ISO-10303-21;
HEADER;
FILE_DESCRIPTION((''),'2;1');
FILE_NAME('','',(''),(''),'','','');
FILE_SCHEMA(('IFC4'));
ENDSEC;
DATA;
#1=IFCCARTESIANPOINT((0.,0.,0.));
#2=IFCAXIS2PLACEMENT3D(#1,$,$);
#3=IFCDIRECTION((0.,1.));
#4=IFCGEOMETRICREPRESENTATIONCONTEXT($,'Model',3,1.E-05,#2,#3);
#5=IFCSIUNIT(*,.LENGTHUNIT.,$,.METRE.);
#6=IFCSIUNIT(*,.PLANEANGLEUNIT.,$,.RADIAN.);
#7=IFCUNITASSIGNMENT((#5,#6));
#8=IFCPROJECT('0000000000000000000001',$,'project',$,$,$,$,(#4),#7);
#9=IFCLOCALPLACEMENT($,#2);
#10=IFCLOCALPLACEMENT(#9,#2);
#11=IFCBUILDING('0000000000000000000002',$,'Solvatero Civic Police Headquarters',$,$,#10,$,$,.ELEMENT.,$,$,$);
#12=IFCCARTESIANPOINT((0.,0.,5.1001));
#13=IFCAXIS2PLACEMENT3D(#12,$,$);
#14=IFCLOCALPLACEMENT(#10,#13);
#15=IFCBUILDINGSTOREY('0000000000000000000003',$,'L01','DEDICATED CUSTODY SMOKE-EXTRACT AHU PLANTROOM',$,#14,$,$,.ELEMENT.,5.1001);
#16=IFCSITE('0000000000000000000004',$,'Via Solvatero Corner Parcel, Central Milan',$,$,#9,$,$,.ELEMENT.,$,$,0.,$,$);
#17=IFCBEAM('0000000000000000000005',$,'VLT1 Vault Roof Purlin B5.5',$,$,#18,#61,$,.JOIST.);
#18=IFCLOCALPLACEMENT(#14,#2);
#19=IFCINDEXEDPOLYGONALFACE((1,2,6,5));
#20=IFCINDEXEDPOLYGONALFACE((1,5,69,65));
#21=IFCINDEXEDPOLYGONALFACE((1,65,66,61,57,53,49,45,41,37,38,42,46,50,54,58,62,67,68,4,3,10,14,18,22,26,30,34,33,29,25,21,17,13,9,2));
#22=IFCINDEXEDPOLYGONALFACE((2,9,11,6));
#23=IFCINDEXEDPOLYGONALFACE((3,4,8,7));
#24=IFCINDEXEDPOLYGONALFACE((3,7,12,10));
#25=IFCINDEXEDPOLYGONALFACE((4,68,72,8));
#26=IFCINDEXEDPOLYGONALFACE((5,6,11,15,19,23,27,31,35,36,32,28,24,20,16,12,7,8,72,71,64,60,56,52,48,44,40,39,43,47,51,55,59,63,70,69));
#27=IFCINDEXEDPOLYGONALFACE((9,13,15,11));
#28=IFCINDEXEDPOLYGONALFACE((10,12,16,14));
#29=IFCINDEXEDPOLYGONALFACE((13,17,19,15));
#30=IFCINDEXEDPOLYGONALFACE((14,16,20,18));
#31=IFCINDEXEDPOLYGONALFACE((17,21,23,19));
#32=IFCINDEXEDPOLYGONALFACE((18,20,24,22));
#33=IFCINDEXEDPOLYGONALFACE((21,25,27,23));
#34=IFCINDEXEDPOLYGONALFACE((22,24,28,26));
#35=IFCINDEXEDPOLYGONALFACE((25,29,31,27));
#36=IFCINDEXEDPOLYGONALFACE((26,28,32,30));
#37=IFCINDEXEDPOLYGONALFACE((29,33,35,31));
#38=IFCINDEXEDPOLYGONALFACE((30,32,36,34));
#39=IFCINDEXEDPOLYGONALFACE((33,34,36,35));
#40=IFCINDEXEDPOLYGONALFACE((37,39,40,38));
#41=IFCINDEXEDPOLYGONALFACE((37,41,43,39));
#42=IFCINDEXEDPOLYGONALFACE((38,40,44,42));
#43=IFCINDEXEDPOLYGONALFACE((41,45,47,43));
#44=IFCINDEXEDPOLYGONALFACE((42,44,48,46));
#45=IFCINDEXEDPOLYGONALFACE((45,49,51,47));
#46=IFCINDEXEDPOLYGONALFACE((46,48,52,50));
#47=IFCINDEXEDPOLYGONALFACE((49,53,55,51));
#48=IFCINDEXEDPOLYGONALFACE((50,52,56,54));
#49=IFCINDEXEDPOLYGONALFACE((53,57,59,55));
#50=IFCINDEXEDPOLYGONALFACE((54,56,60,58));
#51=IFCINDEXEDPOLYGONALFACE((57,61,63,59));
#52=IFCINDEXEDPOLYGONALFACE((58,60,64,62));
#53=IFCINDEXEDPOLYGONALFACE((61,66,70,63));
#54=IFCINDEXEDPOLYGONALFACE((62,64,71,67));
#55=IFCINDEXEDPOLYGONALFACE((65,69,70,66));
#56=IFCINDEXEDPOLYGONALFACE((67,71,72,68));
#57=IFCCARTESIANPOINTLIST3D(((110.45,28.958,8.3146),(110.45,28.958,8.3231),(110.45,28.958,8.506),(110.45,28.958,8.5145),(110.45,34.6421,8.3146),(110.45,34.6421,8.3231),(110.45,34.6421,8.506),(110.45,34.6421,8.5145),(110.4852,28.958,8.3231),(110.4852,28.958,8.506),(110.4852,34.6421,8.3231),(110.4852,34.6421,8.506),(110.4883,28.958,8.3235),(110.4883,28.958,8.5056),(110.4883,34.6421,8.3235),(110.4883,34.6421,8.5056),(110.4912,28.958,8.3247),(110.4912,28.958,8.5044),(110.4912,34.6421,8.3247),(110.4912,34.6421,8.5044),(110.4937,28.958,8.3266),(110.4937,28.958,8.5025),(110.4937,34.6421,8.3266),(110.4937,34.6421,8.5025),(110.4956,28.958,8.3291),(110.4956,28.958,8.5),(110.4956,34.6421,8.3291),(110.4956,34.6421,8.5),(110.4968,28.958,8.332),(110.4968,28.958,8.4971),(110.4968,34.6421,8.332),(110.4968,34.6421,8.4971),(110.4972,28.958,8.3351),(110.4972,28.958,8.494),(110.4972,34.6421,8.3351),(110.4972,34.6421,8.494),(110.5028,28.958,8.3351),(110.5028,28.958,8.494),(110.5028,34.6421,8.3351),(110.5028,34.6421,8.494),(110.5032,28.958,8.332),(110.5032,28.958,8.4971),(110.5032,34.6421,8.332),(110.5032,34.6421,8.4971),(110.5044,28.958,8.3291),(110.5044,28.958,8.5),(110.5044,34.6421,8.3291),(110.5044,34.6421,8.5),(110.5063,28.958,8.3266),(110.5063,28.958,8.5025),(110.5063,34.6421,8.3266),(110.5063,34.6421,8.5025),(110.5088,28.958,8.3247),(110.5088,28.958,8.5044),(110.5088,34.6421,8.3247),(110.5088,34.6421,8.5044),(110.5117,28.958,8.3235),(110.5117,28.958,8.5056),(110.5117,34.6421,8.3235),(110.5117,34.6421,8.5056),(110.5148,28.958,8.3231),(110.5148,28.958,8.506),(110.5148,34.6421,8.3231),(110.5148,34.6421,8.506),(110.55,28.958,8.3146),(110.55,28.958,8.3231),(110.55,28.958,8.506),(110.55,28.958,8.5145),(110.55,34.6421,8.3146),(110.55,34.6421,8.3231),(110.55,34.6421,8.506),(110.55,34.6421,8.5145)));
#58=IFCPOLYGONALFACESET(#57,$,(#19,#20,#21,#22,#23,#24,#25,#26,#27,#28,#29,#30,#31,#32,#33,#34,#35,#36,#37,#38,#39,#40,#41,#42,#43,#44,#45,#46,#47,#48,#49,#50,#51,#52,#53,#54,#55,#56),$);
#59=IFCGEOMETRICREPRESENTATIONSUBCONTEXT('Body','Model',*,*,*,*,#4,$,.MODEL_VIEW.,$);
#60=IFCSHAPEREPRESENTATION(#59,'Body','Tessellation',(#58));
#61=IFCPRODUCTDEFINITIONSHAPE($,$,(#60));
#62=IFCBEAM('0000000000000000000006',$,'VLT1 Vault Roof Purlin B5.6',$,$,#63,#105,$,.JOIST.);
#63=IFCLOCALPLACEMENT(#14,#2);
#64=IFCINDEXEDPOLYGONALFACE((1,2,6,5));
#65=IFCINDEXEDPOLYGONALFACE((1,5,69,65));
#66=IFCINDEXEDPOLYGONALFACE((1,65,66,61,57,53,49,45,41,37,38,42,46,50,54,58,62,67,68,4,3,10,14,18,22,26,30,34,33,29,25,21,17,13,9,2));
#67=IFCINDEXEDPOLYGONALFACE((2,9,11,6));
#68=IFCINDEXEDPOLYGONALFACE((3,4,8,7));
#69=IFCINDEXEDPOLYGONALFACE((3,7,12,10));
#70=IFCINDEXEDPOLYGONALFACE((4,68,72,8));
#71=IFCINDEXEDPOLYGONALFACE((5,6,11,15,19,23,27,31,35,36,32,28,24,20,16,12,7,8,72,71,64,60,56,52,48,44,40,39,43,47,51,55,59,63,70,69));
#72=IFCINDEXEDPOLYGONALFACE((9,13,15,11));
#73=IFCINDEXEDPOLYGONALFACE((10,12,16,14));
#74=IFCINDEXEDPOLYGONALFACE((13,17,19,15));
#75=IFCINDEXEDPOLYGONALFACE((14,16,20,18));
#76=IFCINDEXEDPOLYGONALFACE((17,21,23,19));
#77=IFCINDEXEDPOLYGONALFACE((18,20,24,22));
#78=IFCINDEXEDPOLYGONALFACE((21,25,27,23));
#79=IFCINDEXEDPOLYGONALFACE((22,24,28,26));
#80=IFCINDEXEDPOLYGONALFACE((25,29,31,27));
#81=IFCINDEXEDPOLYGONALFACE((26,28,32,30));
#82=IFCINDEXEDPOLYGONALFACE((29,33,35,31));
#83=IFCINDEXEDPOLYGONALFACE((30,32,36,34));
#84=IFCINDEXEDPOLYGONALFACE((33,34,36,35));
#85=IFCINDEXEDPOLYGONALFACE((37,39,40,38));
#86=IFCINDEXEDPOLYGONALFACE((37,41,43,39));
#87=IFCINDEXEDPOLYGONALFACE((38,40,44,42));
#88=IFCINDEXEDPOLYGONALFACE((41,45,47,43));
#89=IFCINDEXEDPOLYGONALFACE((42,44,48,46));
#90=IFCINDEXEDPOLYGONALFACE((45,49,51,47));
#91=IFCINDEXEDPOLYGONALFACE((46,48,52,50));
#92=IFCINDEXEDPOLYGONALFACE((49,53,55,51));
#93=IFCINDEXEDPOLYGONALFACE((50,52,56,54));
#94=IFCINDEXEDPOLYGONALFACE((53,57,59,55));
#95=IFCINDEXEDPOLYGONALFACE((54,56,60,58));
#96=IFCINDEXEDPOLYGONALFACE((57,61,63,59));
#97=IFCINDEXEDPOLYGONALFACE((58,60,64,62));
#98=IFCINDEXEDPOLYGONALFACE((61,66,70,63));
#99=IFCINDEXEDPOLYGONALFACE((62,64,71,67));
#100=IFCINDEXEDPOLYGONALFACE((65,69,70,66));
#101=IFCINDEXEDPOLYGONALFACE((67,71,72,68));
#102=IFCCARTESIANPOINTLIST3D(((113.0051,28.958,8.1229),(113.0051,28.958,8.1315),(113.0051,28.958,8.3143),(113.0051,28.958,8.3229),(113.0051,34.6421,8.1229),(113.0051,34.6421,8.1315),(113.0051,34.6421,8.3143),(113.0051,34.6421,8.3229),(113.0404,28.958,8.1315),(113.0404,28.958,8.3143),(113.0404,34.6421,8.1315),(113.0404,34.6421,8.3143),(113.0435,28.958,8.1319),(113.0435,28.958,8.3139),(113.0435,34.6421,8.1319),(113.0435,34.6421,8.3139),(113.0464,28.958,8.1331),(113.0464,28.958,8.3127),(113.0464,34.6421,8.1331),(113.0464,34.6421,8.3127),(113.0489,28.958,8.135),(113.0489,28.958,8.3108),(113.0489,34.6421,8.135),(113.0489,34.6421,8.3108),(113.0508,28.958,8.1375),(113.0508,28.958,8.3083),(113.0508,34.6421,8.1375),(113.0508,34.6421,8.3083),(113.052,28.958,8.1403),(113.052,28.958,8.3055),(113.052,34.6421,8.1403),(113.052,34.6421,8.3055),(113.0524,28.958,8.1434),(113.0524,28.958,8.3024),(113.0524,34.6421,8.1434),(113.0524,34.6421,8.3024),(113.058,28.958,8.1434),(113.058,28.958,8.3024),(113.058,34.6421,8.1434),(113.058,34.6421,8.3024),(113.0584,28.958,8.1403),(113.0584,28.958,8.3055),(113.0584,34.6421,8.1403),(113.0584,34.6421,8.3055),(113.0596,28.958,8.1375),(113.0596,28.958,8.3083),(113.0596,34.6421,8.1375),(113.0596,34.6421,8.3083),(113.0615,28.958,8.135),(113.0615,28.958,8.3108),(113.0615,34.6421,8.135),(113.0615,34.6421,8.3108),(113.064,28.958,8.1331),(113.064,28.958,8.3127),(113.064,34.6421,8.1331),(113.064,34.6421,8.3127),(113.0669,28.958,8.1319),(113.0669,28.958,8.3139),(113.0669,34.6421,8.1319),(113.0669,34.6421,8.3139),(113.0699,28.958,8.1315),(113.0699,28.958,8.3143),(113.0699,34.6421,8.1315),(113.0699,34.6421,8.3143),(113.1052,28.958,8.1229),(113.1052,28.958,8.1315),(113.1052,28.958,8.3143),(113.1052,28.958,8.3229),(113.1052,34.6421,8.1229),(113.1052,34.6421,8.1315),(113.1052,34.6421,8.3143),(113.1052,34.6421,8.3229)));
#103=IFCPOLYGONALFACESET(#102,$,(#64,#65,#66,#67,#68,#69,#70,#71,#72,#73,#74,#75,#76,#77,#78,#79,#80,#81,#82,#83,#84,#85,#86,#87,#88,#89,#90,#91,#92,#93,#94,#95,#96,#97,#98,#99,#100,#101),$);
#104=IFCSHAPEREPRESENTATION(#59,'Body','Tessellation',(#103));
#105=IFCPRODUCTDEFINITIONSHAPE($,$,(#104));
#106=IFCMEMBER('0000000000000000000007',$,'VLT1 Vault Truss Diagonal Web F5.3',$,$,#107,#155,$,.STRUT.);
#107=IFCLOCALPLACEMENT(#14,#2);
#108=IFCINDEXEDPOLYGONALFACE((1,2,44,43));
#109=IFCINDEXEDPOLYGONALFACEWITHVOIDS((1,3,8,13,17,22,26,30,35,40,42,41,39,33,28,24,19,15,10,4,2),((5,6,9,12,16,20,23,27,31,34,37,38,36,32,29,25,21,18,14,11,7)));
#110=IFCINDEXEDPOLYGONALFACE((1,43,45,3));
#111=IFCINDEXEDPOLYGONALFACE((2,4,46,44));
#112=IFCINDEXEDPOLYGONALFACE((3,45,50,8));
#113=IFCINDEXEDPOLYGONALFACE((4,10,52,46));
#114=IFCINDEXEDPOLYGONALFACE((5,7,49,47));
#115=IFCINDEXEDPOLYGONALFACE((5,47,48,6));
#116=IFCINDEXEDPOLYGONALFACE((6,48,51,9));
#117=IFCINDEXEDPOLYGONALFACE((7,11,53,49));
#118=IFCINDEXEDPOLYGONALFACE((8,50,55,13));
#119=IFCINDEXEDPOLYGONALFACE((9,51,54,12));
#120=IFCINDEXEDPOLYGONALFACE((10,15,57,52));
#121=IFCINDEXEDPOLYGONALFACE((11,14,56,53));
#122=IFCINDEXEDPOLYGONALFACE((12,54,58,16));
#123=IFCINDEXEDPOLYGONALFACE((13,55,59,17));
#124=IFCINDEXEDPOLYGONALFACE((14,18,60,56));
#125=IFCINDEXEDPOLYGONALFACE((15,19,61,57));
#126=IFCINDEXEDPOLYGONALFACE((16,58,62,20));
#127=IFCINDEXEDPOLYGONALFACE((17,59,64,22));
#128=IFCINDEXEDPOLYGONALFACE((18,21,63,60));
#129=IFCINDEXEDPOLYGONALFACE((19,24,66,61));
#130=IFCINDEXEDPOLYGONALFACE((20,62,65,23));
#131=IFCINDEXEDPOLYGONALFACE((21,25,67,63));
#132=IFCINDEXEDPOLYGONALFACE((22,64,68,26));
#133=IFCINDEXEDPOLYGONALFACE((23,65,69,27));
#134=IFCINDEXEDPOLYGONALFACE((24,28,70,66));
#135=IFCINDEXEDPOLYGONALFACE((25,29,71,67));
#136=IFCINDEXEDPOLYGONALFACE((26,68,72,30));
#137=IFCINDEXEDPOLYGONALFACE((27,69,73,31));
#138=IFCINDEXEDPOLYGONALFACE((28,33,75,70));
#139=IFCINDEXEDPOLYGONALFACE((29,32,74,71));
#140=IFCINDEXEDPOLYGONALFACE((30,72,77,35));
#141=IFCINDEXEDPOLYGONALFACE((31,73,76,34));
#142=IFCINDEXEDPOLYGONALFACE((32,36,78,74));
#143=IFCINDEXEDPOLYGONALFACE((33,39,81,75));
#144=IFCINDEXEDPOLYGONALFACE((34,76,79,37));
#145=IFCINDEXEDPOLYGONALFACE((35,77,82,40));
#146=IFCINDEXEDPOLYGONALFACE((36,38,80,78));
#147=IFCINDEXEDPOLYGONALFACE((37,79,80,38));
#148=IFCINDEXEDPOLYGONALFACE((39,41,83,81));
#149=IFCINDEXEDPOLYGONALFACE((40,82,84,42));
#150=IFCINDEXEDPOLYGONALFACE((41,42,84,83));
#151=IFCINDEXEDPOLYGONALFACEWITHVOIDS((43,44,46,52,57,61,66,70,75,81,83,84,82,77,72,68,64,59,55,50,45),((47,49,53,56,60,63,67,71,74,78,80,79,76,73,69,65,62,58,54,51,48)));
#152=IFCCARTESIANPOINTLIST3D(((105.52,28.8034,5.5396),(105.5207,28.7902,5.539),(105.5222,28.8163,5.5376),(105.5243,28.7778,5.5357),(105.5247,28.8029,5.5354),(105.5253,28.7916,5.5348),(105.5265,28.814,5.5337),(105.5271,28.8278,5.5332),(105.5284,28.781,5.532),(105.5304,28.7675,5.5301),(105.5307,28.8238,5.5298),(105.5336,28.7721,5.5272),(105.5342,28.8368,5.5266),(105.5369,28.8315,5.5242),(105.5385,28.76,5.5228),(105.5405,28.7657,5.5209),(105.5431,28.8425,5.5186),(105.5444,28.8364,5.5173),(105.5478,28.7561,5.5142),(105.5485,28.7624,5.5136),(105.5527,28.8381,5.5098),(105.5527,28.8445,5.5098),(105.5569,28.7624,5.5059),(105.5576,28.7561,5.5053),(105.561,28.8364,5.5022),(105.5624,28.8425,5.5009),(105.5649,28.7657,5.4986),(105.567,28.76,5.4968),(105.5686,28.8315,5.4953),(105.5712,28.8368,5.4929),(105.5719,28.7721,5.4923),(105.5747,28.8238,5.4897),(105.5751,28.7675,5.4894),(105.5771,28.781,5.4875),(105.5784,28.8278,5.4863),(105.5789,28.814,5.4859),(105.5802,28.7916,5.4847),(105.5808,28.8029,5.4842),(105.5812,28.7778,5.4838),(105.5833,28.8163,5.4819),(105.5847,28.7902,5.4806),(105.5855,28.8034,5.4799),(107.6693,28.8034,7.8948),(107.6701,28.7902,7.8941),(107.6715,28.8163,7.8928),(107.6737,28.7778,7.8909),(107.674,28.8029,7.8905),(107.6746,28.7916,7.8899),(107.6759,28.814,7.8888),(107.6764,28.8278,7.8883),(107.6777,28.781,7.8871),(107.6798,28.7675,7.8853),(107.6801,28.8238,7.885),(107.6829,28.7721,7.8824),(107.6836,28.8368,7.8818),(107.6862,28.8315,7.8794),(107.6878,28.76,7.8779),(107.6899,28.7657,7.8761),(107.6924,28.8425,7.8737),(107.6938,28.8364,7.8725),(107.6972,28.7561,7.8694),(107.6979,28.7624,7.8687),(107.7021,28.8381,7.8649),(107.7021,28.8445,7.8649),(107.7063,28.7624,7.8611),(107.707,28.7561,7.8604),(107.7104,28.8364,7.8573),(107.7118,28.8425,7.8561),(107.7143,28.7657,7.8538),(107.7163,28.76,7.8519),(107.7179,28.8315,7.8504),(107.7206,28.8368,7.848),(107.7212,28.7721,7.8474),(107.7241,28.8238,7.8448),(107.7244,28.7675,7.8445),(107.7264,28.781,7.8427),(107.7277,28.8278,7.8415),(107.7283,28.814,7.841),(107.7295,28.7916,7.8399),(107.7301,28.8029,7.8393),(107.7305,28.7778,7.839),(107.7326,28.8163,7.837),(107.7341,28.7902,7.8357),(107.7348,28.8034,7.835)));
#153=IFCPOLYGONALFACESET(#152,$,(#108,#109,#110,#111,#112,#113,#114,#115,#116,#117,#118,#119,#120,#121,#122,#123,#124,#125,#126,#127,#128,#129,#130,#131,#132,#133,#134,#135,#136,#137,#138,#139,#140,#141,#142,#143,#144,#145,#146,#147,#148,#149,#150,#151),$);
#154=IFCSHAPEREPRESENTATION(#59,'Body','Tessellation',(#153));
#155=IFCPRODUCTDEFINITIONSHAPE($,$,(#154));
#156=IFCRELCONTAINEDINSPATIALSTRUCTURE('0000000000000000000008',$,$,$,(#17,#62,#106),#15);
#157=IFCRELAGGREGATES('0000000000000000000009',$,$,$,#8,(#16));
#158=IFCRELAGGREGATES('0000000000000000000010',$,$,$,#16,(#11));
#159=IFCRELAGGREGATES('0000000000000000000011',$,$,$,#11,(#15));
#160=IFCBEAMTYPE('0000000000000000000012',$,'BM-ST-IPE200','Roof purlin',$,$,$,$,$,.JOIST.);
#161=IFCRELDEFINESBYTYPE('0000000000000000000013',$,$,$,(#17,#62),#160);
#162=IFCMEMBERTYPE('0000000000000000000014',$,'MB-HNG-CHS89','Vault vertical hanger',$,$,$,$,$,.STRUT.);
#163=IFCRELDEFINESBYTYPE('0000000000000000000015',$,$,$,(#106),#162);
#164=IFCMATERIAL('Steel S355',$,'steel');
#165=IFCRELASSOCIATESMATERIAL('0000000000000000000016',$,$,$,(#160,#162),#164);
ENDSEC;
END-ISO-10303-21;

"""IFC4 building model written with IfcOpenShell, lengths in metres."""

from ifc_helpers import new_model, si_unit, direction, frame, origin, origin_2d, place, context, subcontext, project, spatial, hollow_circle, i_section, extrude, material, material_profile, profile_set, type_object, element, save


model = new_model("IFC4")

# Units and contexts
model_context = context("Model", 3, precision=1e-05, world=origin(), true_north=direction((0.0, 1.0)))
body_context = subcontext(model_context, "Body", "Model", "MODEL_VIEW")
ifc_project = project(units=[si_unit("LENGTHUNIT", "METRE"), si_unit("PLANEANGLEUNIT", "RADIAN")], contexts=[model_context])

# Site, building, storey
site_placement = place(None, origin())
site = spatial("IfcSite", under=ifc_project, at=site_placement, Name="Via Solvatero Corner Parcel, Central Milan", CompositionType="ELEMENT", RefElevation=0.0)
building_placement = place(site_placement, origin())
building = spatial("IfcBuilding", under=site, at=building_placement, Name="Solvatero Civic Police Headquarters", CompositionType="ELEMENT")
storey_placement = place(building_placement, frame((0.0, 0.0, 5.1001)))
storey = spatial("IfcBuildingStorey", under=building, at=storey_placement, Name="L01", Description="DEDICATED CUSTODY SMOKE-EXTRACT AHU PLANTROOM", CompositionType="ELEMENT", Elevation=5.1001)

# Beams
ifc_material = material(Name="Steel S355", Category="steel")
ifc_material_profile_1 = material_profile(ifc_material, i_section(OverallWidth=0.1001, OverallDepth=0.2, WebThickness=0.0056, FlangeThickness=0.0085, FilletRadius=0.012, at=origin_2d()), Name="IPE 200")
ifc_profile_set_1 = profile_set([ifc_material_profile_1], Name="Steel S355")
beam_type_1 = type_object("IfcBeamType", Name="BM-ST-IPE200", Description="Roof purlin", PredefinedType="JOIST", material=ifc_profile_set_1)
for number, where, z_axis, x_axis, name in (
    (1, (110.5, 28.958, 8.4146), (0.0, 1.0, 0.0), (-1.0, 0.0, 0.0), "VLT1 Vault Roof Purlin B5.5"),
    (2, (113.0552, 28.958, 8.2229), (0.0, 1.0, 0.0), (-1.0, 0.0, 0.0), "VLT1 Vault Roof Purlin B5.6"),
):
    element("IfcBeam", number, at=place(storey_placement, frame(where, z_axis=z_axis, x_axis=x_axis)), inside=storey, type_object=beam_type_1, Name=name, PredefinedType="JOIST", context=body_context, shape_type="SweptSolid", body=[
        extrude(i_section(OverallWidth=0.1001, OverallDepth=0.2, WebThickness=0.0056, FlangeThickness=0.0085, FilletRadius=0.012, at=origin_2d()), origin(), (0.0, 0.0, 1.0), 5.6841),
    ])

# Member
ifc_material_profile_2 = material_profile(ifc_material, hollow_circle(Radius=0.0444, WallThickness=0.0063, at=origin_2d()), Name="CHS 88.9x6.3")
ifc_profile_set_2 = profile_set([ifc_material_profile_2], Name="Steel S355")
member_type_1 = type_object("IfcMemberType", Name="MB-HNG-CHS89", Description="Vault vertical hanger", PredefinedType="STRUT", material=ifc_profile_set_2)
member_1_placement = place(storey_placement, frame((105.5527, 28.8, 5.5098), z_axis=(0.674097, 0.0, 0.738643), x_axis=(0.0, 1.0, 0.0)))
element("IfcMember", 3, at=member_1_placement, inside=storey, type_object=member_type_1, Name="VLT1 Vault Truss Diagonal Web F5.3", PredefinedType="STRUT", context=body_context, shape_type="SweptSolid", body=[
    extrude(hollow_circle(Radius=0.0444, WallThickness=0.0063, at=origin_2d()), origin(), (0.0, 0.0, 1.0), 3.1885),
])

save(model, "model.ifc")
